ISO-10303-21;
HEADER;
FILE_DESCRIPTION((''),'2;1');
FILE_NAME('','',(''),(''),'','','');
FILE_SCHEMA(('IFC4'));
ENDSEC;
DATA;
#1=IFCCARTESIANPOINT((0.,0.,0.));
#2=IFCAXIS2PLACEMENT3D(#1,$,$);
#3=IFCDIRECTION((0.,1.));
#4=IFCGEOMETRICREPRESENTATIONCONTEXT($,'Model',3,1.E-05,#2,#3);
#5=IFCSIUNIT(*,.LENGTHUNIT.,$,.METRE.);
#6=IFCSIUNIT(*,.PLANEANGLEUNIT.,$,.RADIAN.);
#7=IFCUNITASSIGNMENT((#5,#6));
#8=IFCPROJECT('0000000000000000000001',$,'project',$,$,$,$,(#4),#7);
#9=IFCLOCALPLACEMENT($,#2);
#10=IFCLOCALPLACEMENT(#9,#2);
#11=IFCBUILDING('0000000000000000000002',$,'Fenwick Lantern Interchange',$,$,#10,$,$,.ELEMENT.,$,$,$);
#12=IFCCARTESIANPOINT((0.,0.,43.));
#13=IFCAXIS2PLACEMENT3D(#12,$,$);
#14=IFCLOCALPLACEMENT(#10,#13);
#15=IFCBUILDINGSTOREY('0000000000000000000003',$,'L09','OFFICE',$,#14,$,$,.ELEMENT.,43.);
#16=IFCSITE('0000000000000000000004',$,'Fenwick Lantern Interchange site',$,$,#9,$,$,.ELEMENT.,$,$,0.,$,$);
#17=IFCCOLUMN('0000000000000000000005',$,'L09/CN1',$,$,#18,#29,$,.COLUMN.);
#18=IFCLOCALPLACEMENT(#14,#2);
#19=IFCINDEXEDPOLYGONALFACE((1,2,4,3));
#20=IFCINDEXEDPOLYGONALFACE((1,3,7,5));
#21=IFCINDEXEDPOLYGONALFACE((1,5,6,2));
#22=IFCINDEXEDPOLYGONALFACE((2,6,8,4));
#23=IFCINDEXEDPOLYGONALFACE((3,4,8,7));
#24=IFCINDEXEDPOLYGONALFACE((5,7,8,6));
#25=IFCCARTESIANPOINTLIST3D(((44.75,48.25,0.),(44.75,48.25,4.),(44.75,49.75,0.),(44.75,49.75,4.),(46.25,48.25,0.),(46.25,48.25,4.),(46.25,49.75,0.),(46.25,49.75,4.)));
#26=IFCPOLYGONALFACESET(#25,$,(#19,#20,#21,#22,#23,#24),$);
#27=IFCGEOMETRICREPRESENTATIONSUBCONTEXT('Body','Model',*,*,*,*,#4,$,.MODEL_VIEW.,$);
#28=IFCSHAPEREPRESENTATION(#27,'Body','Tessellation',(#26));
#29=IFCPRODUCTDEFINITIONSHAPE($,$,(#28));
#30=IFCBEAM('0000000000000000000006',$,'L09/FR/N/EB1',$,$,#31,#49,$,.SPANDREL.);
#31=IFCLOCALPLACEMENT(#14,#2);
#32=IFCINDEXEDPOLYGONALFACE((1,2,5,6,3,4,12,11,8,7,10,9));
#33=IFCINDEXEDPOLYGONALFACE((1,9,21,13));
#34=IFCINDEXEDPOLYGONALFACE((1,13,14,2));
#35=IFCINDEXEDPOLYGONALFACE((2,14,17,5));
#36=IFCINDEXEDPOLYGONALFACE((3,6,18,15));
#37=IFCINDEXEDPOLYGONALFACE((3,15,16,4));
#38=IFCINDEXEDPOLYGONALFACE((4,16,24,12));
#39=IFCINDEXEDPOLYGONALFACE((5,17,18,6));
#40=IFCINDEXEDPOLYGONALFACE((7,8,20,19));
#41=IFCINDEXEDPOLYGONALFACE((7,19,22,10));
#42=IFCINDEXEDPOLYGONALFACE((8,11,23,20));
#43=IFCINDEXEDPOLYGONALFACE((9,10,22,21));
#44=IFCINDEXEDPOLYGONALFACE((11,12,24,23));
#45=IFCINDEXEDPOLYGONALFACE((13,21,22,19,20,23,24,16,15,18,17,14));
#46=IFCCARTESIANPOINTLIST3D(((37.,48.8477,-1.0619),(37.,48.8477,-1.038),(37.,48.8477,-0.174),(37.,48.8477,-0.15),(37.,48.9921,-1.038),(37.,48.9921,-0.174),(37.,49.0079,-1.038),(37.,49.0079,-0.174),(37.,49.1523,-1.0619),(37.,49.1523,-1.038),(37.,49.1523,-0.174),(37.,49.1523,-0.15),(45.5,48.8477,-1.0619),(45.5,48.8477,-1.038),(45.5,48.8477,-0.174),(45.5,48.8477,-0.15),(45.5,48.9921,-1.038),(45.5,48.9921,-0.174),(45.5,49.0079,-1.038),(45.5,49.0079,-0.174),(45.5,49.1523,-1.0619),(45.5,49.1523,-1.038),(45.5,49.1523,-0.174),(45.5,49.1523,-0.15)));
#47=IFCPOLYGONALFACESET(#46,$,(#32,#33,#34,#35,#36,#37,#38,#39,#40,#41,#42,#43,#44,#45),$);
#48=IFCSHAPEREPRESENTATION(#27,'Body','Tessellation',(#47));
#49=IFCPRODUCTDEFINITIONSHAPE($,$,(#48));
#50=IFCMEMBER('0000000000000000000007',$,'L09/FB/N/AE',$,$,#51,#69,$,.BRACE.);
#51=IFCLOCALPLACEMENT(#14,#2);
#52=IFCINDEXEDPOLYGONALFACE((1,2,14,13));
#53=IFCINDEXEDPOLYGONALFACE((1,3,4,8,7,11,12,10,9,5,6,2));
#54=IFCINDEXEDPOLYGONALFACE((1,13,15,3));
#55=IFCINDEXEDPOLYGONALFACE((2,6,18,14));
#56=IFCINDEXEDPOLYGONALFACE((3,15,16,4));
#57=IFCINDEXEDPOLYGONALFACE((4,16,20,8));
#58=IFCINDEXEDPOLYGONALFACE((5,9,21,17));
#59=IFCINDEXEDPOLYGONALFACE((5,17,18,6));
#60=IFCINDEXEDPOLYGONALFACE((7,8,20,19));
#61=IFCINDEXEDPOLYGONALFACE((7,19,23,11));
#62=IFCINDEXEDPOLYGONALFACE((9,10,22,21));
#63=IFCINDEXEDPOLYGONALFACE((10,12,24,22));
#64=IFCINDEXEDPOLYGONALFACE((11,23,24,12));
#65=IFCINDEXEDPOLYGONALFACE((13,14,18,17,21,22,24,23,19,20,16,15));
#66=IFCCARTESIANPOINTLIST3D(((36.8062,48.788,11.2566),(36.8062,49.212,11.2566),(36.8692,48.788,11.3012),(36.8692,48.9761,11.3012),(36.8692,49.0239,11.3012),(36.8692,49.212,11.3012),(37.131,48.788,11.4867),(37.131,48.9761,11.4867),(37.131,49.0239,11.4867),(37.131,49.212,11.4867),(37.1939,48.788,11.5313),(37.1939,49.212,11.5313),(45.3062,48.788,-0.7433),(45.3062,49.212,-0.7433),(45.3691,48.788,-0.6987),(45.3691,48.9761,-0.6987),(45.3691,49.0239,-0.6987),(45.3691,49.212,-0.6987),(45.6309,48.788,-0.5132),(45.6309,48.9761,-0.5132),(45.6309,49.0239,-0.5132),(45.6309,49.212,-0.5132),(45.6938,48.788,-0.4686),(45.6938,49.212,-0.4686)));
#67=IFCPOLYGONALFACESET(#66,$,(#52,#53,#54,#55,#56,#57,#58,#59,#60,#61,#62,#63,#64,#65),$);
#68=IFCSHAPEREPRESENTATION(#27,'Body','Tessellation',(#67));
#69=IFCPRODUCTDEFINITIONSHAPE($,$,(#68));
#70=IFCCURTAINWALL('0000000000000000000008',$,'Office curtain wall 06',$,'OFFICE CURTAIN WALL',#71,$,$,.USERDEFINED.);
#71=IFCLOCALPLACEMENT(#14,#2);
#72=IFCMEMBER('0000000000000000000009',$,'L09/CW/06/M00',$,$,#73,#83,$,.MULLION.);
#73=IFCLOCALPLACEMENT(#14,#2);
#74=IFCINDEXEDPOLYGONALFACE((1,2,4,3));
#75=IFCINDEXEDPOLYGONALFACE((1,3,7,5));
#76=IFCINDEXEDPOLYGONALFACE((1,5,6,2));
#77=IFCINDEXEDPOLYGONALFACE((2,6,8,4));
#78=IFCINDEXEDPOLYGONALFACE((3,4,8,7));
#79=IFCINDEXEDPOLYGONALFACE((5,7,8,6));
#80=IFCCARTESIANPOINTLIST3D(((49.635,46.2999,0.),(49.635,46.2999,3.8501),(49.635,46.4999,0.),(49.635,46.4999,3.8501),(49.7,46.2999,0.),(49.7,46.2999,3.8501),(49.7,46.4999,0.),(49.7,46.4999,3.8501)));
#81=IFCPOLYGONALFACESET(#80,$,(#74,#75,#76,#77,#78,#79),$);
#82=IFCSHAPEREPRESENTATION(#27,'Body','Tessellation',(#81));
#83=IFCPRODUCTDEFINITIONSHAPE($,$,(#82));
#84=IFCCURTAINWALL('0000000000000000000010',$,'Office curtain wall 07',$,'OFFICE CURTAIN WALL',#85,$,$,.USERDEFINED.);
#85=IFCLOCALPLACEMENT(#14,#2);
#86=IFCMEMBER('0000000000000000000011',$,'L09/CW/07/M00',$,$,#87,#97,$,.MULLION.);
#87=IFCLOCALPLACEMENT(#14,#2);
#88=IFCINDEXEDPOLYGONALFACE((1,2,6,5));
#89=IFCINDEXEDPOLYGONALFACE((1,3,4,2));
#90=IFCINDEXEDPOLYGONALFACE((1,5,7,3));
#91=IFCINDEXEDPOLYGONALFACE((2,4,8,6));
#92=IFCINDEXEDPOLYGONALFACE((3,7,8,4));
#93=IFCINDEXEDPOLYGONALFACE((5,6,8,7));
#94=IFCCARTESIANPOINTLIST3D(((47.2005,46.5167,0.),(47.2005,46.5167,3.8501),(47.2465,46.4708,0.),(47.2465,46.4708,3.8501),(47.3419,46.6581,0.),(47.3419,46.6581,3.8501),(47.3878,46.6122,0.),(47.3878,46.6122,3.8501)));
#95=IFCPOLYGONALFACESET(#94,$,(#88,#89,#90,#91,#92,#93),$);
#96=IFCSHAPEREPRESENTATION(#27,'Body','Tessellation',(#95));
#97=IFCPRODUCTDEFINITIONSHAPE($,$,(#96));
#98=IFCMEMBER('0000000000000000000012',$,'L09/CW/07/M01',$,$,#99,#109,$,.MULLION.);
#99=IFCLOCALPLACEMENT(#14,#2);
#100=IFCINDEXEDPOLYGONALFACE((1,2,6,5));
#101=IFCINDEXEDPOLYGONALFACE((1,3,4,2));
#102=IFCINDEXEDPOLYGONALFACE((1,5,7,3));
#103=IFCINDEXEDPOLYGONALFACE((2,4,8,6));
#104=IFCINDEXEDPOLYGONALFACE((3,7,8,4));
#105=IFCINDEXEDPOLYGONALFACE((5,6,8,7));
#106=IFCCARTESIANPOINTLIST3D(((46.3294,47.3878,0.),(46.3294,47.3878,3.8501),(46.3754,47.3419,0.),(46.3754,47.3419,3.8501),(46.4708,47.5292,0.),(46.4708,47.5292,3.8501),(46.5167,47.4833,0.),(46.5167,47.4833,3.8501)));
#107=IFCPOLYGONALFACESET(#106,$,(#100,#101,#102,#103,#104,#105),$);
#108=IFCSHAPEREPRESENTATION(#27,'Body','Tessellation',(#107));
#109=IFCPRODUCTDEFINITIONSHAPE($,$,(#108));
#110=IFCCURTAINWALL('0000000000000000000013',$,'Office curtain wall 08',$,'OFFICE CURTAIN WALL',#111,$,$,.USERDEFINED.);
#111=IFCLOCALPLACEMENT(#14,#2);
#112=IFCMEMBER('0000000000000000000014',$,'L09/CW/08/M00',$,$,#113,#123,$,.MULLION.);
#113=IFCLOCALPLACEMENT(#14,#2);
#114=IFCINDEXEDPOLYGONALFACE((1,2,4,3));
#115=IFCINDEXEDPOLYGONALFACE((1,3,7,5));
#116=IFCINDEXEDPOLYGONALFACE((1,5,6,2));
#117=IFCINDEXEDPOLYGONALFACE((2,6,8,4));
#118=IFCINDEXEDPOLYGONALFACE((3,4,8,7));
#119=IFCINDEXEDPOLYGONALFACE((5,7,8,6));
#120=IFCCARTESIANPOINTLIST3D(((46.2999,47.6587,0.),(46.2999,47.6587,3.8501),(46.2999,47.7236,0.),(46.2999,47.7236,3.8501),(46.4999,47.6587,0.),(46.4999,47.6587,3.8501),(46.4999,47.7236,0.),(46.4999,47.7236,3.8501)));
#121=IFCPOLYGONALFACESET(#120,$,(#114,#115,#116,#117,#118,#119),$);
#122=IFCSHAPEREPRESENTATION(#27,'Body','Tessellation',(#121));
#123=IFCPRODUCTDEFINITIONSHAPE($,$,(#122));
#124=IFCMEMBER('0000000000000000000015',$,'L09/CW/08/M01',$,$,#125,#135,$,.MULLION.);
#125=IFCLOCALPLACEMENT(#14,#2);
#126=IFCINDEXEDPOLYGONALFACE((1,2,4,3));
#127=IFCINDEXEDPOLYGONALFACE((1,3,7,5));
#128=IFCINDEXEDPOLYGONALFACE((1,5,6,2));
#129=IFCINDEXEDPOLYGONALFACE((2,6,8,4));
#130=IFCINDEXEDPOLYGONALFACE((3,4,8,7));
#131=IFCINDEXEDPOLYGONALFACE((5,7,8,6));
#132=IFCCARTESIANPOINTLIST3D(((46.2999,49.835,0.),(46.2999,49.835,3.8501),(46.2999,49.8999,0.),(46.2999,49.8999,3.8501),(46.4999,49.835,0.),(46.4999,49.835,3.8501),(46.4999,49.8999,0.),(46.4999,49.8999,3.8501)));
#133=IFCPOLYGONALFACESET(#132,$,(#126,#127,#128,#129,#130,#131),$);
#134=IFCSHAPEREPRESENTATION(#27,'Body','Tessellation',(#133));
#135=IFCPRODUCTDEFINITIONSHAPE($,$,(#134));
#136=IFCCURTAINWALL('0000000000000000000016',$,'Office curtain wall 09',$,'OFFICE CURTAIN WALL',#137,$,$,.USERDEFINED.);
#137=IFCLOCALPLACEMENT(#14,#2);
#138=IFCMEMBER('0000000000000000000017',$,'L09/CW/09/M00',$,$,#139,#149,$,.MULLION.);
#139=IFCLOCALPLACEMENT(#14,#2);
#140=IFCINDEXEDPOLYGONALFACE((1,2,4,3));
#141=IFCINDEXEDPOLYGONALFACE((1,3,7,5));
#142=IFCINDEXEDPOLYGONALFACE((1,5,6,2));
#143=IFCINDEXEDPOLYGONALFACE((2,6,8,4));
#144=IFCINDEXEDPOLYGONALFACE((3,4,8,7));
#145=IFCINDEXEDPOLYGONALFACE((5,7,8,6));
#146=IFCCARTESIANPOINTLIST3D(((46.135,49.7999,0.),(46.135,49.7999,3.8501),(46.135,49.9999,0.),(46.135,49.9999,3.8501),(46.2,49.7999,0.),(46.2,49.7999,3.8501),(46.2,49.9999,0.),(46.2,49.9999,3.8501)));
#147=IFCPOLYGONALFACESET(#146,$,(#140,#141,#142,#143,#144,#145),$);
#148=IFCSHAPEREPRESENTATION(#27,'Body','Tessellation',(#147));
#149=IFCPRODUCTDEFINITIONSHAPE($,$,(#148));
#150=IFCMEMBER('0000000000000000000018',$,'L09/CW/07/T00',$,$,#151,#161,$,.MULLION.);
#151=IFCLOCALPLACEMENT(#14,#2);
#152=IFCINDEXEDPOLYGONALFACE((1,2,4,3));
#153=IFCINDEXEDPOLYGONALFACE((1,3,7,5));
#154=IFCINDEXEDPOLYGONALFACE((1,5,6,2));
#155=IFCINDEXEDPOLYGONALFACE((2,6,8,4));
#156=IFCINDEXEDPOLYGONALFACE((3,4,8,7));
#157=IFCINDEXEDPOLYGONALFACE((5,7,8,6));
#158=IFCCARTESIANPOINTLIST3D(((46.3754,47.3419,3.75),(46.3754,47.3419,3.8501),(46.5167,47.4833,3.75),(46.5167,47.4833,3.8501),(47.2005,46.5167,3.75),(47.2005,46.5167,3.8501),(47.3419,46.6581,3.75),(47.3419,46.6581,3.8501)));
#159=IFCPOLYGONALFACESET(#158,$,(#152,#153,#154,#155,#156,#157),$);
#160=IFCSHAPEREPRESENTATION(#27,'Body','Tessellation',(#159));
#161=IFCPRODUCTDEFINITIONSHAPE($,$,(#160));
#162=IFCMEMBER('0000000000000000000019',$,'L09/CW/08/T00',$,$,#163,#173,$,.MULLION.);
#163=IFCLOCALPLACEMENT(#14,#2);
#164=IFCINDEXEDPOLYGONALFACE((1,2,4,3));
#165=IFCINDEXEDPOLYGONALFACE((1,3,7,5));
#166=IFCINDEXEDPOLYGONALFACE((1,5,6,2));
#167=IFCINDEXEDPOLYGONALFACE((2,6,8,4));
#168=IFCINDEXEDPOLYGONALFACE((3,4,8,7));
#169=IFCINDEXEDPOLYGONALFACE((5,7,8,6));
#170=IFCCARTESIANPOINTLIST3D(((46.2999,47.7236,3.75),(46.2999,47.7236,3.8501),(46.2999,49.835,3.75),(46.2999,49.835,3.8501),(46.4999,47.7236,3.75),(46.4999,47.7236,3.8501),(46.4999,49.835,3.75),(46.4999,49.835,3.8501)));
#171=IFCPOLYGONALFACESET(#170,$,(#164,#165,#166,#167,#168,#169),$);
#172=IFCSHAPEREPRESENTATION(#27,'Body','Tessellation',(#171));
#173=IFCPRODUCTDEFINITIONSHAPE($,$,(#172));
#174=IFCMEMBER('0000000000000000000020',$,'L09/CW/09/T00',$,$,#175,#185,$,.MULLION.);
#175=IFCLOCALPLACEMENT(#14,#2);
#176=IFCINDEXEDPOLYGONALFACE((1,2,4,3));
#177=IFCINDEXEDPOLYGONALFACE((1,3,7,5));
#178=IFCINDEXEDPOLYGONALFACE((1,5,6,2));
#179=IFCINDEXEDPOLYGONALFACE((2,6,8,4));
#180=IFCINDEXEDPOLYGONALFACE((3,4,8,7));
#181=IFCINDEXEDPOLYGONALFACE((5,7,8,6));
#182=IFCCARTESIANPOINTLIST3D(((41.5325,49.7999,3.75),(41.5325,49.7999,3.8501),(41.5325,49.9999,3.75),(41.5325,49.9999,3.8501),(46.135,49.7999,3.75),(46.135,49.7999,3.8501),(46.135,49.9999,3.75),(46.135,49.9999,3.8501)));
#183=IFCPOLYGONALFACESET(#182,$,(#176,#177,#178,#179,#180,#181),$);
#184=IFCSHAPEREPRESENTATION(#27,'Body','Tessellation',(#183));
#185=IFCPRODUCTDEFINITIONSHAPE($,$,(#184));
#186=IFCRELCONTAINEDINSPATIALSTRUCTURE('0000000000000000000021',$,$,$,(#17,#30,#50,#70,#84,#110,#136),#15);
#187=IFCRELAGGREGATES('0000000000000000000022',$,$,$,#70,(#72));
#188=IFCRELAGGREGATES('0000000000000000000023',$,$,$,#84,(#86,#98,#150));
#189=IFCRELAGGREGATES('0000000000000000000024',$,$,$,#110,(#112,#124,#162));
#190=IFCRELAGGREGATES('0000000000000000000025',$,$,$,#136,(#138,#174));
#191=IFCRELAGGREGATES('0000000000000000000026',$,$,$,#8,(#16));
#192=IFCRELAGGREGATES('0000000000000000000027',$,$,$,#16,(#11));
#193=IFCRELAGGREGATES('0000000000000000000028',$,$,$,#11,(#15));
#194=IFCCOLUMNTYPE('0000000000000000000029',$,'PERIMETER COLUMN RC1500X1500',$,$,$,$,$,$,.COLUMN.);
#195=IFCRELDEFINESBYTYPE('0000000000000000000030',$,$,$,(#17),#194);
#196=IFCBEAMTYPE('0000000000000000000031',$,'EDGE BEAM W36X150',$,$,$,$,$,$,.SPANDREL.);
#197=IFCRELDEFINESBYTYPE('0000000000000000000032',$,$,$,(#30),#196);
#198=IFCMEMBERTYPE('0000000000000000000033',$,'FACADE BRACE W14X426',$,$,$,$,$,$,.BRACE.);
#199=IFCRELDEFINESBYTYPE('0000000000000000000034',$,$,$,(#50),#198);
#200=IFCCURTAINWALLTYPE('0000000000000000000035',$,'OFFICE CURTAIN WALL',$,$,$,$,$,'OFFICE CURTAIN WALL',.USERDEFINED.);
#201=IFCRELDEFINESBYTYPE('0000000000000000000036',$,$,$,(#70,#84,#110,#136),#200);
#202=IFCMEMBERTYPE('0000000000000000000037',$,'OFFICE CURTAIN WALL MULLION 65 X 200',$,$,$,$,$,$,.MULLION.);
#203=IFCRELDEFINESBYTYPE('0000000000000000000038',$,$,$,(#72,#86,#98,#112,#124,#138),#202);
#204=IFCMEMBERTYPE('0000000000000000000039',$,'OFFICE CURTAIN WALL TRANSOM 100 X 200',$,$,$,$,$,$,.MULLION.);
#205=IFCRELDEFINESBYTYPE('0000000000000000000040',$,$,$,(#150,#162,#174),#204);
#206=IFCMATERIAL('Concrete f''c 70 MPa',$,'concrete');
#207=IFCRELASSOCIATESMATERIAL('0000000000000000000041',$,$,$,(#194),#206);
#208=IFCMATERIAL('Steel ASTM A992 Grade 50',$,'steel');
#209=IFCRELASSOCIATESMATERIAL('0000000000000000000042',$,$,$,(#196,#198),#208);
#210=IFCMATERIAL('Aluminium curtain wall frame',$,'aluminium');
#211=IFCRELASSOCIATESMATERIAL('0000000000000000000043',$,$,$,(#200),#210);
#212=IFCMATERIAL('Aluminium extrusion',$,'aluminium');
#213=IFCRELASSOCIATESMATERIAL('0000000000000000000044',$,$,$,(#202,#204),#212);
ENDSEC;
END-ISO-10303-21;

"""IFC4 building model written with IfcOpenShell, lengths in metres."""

from ifc_helpers import new_model, si_unit, direction, frame, origin, origin_2d, place, context, subcontext, project, spatial, rectangle, i_section, extrude, material, material_profile, profile_set, type_object, element, aggregate, save


model = new_model("IFC4")

# Units and contexts
model_context = context("Model", 3, precision=1e-05, world=origin(), true_north=direction((0.0, 1.0)))
body_context = subcontext(model_context, "Body", "Model", "MODEL_VIEW")
ifc_project = project(units=[si_unit("LENGTHUNIT", "METRE"), si_unit("PLANEANGLEUNIT", "RADIAN")], contexts=[model_context])

# Site, building, storey
site_placement = place(None, origin())
site = spatial("IfcSite", under=ifc_project, at=site_placement, Name="Fenwick Lantern Interchange site", CompositionType="ELEMENT", RefElevation=0.0)
building_placement = place(site_placement, origin())
building = spatial("IfcBuilding", under=site, at=building_placement, Name="Fenwick Lantern Interchange", CompositionType="ELEMENT")
storey_placement = place(building_placement, frame((0.0, 0.0, 43.0)))
storey = spatial("IfcBuildingStorey", under=building, at=storey_placement, Name="L09", Description="OFFICE", CompositionType="ELEMENT", Elevation=43.0)

# Column
ifc_material_1 = material(Name="Concrete f'c 70 MPa", Category="concrete")
ifc_material_profile_1 = material_profile(ifc_material_1, rectangle(XDim=1.5, YDim=1.5, at=origin_2d()), Name="RC1500X1500")
ifc_profile_set_1 = profile_set([ifc_material_profile_1], Name="Concrete f'c 70 MPa")
column_type = type_object("IfcColumnType", Name="PERIMETER COLUMN RC1500X1500", PredefinedType="COLUMN", material=ifc_profile_set_1)
column_placement = place(storey_placement, frame((45.5, 49.0, 0.0), z_axis=(0.0, 0.0, 1.0), x_axis=(1.0, 0.0, 0.0)))
element("IfcColumn", 1, at=column_placement, inside=storey, type_object=column_type, Name="L09/CN1", PredefinedType="COLUMN", context=body_context, shape_type="SweptSolid", body=[
    extrude(rectangle(XDim=1.5, YDim=1.5, at=origin_2d()), origin(), (0.0, 0.0, 1.0), 4.0),
])

# Beam
ifc_material_2 = material(Name="Steel ASTM A992 Grade 50", Category="steel")
ifc_material_profile_2 = material_profile(ifc_material_2, i_section(OverallWidth=0.3047, OverallDepth=0.9119, WebThickness=0.0159, FlangeThickness=0.0239, at=origin_2d()), Name="W36X150")
ifc_profile_set_2 = profile_set([ifc_material_profile_2], Name="Steel ASTM A992 Grade 50")
beam_type = type_object("IfcBeamType", Name="EDGE BEAM W36X150", PredefinedType="SPANDREL", material=ifc_profile_set_2)
beam_placement = place(storey_placement, frame((45.5, 49.0, -0.606), z_axis=(-1.0, 0.0, 0.0), x_axis=(0.0, -1.0, 0.0)))
element("IfcBeam", 2, at=beam_placement, inside=storey, type_object=beam_type, Name="L09/FR/N/EB1", PredefinedType="SPANDREL", context=body_context, shape_type="SweptSolid", body=[
    extrude(i_section(OverallWidth=0.3047, OverallDepth=0.9119, WebThickness=0.0159, FlangeThickness=0.0239, at=origin_2d()), origin(), (0.0, 0.0, 1.0), 8.5),
])

# Member
ifc_material_profile_3 = material_profile(ifc_material_2, i_section(OverallWidth=0.4241, OverallDepth=0.4751, WebThickness=0.0479, FlangeThickness=0.0771, at=origin_2d()), Name="W14X426")
ifc_profile_set_3 = profile_set([ifc_material_profile_3], Name="Steel ASTM A992 Grade 50")
member_type_1 = type_object("IfcMemberType", Name="FACADE BRACE W14X426", PredefinedType="BRACE", material=ifc_profile_set_3)
member_1_placement = place(storey_placement, frame((45.5, 49.0, -0.606), z_axis=(-0.578017, 0.0, 0.816024), x_axis=(0.0, -1.0, 0.0)))
element("IfcMember", 3, at=member_1_placement, inside=storey, type_object=member_type_1, Name="L09/FB/N/AE", PredefinedType="BRACE", context=body_context, shape_type="SweptSolid", body=[
    extrude(i_section(OverallWidth=0.4241, OverallDepth=0.4751, WebThickness=0.0479, FlangeThickness=0.0771, at=origin_2d()), origin(), (0.0, 0.0, 1.0), 14.7053),
])

# Curtain wall, member
ifc_material_3 = material(Name="Aluminium curtain wall frame", Category="aluminium")
curtain_wall_type = type_object("IfcCurtainWallType", Name="OFFICE CURTAIN WALL", ElementType="OFFICE CURTAIN WALL", PredefinedType="USERDEFINED", material=ifc_material_3)
curtain_wall_1_placement = place(storey_placement, origin())
curtain_wall_1 = element("IfcCurtainWall", 4, at=curtain_wall_1_placement, inside=storey, type_object=curtain_wall_type, Name="Office curtain wall 06", ObjectType="OFFICE CURTAIN WALL", PredefinedType="USERDEFINED")
ifc_material_4 = material(Name="Aluminium extrusion", Category="aluminium")
ifc_material_profile_4 = material_profile(ifc_material_4, rectangle(XDim=0.2, YDim=0.0649, at=origin_2d()), Name="OFFICE CURTAIN WALL MULLION 65 X 200")
ifc_profile_set_4 = profile_set([ifc_material_profile_4], Name="Aluminium extrusion")
member_type_2 = type_object("IfcMemberType", Name="OFFICE CURTAIN WALL MULLION 65 X 200", PredefinedType="MULLION", material=ifc_profile_set_4)
member_2_placement = place(storey_placement, frame((49.6675, 46.3999, 0.0), z_axis=(0.0, 0.0, 1.0), x_axis=(0.0, -1.0, 0.0)))
member_2 = element("IfcMember", 5, at=member_2_placement, type_object=member_type_2, Name="L09/CW/06/M00", PredefinedType="MULLION", context=body_context, shape_type="SweptSolid", body=[
    extrude(rectangle(XDim=0.2, YDim=0.0649, at=origin_2d()), origin(), (0.0, 0.0, 1.0), 3.8501),
])
aggregate(curtain_wall_1, [member_2])

# Curtain walls, members
curtain_wall_2_placement = place(storey_placement, origin())
curtain_wall_2 = element("IfcCurtainWall", 6, at=curtain_wall_2_placement, inside=storey, type_object=curtain_wall_type, Name="Office curtain wall 07", ObjectType="OFFICE CURTAIN WALL", PredefinedType="USERDEFINED")
member_3_placement = place(storey_placement, frame((47.2942, 46.5645, 0.0), z_axis=(0.0, 0.0, 1.0), x_axis=(-0.707107, -0.707107, 0.0)))
member_3 = element("IfcMember", 7, at=member_3_placement, type_object=member_type_2, Name="L09/CW/07/M00", PredefinedType="MULLION", context=body_context, shape_type="SweptSolid", body=[
    extrude(rectangle(XDim=0.2, YDim=0.0649, at=origin_2d()), origin(), (0.0, 0.0, 1.0), 3.8501),
])
member_4_placement = place(storey_placement, frame((46.4231, 47.4355, 0.0), z_axis=(0.0, 0.0, 1.0), x_axis=(-0.707107, -0.707107, 0.0)))
member_4 = element("IfcMember", 8, at=member_4_placement, type_object=member_type_2, Name="L09/CW/07/M01", PredefinedType="MULLION", context=body_context, shape_type="SweptSolid", body=[
    extrude(rectangle(XDim=0.2, YDim=0.0649, at=origin_2d()), origin(), (0.0, 0.0, 1.0), 3.8501),
])
curtain_wall_3_placement = place(storey_placement, origin())
curtain_wall_3 = element("IfcCurtainWall", 9, at=curtain_wall_3_placement, inside=storey, type_object=curtain_wall_type, Name="Office curtain wall 08", ObjectType="OFFICE CURTAIN WALL", PredefinedType="USERDEFINED")
member_5_placement = place(storey_placement, frame((46.3999, 47.6912, 0.0), z_axis=(0.0, 0.0, 1.0), x_axis=(-1.0, 0.0, 0.0)))
member_5 = element("IfcMember", 10, at=member_5_placement, type_object=member_type_2, Name="L09/CW/08/M00", PredefinedType="MULLION", context=body_context, shape_type="SweptSolid", body=[
    extrude(rectangle(XDim=0.2, YDim=0.0649, at=origin_2d()), origin(), (0.0, 0.0, 1.0), 3.8501),
])
member_6_placement = place(storey_placement, frame((46.3999, 49.8674, 0.0), z_axis=(0.0, 0.0, 1.0), x_axis=(-1.0, 0.0, 0.0)))
member_6 = element("IfcMember", 11, at=member_6_placement, type_object=member_type_2, Name="L09/CW/08/M01", PredefinedType="MULLION", context=body_context, shape_type="SweptSolid", body=[
    extrude(rectangle(XDim=0.2, YDim=0.0649, at=origin_2d()), origin(), (0.0, 0.0, 1.0), 3.8501),
])

# Curtain wall, member
curtain_wall_4_placement = place(storey_placement, origin())
curtain_wall_4 = element("IfcCurtainWall", 12, at=curtain_wall_4_placement, inside=storey, type_object=curtain_wall_type, Name="Office curtain wall 09", ObjectType="OFFICE CURTAIN WALL", PredefinedType="USERDEFINED")
member_7_placement = place(storey_placement, frame((46.1675, 49.8999, 0.0), z_axis=(0.0, 0.0, 1.0), x_axis=(0.0, -1.0, 0.0)))
member_7 = element("IfcMember", 13, at=member_7_placement, type_object=member_type_2, Name="L09/CW/09/M00", PredefinedType="MULLION", context=body_context, shape_type="SweptSolid", body=[
    extrude(rectangle(XDim=0.2, YDim=0.0649, at=origin_2d()), origin(), (0.0, 0.0, 1.0), 3.8501),
])

# Members
ifc_material_profile_5 = material_profile(ifc_material_4, rectangle(XDim=0.2, YDim=0.1001, at=origin_2d()), Name="OFFICE CURTAIN WALL TRANSOM 100 X 200")
ifc_profile_set_5 = profile_set([ifc_material_profile_5], Name="Aluminium extrusion")
member_type_3 = type_object("IfcMemberType", Name="OFFICE CURTAIN WALL TRANSOM 100 X 200", PredefinedType="MULLION", material=ifc_profile_set_5)
member_8_placement = place(storey_placement, frame((47.2712, 46.5874, 3.8), z_axis=(-0.707107, 0.707107, 0.0), x_axis=(-0.707107, -0.707107, 0.0)))
member_8 = element("IfcMember", 14, at=member_8_placement, type_object=member_type_3, Name="L09/CW/07/T00", PredefinedType="MULLION", context=body_context, shape_type="SweptSolid", body=[
    extrude(rectangle(XDim=0.2, YDim=0.1001, at=origin_2d()), origin(), (0.0, 0.0, 1.0), 1.167),
])
aggregate(curtain_wall_2, [member_3, member_4, member_8])
member_9_placement = place(storey_placement, frame((46.3999, 47.7236, 3.8), z_axis=(0.0, 1.0, 0.0), x_axis=(-1.0, 0.0, 0.0)))
member_9 = element("IfcMember", 15, at=member_9_placement, type_object=member_type_3, Name="L09/CW/08/T00", PredefinedType="MULLION", context=body_context, shape_type="SweptSolid", body=[
    extrude(rectangle(XDim=0.2, YDim=0.1001, at=origin_2d()), origin(), (0.0, 0.0, 1.0), 2.1113),
])
aggregate(curtain_wall_3, [member_5, member_6, member_9])
member_10_placement = place(storey_placement, frame((46.135, 49.8999, 3.8), z_axis=(-1.0, 0.0, 0.0), x_axis=(0.0, -1.0, 0.0)))
member_10 = element("IfcMember", 16, at=member_10_placement, type_object=member_type_3, Name="L09/CW/09/T00", PredefinedType="MULLION", context=body_context, shape_type="SweptSolid", body=[
    extrude(rectangle(XDim=0.2, YDim=0.1001, at=origin_2d()), origin(), (0.0, 0.0, 1.0), 4.6025),
])

aggregate(curtain_wall_4, [member_7, member_10])

save(model, "model.ifc")
